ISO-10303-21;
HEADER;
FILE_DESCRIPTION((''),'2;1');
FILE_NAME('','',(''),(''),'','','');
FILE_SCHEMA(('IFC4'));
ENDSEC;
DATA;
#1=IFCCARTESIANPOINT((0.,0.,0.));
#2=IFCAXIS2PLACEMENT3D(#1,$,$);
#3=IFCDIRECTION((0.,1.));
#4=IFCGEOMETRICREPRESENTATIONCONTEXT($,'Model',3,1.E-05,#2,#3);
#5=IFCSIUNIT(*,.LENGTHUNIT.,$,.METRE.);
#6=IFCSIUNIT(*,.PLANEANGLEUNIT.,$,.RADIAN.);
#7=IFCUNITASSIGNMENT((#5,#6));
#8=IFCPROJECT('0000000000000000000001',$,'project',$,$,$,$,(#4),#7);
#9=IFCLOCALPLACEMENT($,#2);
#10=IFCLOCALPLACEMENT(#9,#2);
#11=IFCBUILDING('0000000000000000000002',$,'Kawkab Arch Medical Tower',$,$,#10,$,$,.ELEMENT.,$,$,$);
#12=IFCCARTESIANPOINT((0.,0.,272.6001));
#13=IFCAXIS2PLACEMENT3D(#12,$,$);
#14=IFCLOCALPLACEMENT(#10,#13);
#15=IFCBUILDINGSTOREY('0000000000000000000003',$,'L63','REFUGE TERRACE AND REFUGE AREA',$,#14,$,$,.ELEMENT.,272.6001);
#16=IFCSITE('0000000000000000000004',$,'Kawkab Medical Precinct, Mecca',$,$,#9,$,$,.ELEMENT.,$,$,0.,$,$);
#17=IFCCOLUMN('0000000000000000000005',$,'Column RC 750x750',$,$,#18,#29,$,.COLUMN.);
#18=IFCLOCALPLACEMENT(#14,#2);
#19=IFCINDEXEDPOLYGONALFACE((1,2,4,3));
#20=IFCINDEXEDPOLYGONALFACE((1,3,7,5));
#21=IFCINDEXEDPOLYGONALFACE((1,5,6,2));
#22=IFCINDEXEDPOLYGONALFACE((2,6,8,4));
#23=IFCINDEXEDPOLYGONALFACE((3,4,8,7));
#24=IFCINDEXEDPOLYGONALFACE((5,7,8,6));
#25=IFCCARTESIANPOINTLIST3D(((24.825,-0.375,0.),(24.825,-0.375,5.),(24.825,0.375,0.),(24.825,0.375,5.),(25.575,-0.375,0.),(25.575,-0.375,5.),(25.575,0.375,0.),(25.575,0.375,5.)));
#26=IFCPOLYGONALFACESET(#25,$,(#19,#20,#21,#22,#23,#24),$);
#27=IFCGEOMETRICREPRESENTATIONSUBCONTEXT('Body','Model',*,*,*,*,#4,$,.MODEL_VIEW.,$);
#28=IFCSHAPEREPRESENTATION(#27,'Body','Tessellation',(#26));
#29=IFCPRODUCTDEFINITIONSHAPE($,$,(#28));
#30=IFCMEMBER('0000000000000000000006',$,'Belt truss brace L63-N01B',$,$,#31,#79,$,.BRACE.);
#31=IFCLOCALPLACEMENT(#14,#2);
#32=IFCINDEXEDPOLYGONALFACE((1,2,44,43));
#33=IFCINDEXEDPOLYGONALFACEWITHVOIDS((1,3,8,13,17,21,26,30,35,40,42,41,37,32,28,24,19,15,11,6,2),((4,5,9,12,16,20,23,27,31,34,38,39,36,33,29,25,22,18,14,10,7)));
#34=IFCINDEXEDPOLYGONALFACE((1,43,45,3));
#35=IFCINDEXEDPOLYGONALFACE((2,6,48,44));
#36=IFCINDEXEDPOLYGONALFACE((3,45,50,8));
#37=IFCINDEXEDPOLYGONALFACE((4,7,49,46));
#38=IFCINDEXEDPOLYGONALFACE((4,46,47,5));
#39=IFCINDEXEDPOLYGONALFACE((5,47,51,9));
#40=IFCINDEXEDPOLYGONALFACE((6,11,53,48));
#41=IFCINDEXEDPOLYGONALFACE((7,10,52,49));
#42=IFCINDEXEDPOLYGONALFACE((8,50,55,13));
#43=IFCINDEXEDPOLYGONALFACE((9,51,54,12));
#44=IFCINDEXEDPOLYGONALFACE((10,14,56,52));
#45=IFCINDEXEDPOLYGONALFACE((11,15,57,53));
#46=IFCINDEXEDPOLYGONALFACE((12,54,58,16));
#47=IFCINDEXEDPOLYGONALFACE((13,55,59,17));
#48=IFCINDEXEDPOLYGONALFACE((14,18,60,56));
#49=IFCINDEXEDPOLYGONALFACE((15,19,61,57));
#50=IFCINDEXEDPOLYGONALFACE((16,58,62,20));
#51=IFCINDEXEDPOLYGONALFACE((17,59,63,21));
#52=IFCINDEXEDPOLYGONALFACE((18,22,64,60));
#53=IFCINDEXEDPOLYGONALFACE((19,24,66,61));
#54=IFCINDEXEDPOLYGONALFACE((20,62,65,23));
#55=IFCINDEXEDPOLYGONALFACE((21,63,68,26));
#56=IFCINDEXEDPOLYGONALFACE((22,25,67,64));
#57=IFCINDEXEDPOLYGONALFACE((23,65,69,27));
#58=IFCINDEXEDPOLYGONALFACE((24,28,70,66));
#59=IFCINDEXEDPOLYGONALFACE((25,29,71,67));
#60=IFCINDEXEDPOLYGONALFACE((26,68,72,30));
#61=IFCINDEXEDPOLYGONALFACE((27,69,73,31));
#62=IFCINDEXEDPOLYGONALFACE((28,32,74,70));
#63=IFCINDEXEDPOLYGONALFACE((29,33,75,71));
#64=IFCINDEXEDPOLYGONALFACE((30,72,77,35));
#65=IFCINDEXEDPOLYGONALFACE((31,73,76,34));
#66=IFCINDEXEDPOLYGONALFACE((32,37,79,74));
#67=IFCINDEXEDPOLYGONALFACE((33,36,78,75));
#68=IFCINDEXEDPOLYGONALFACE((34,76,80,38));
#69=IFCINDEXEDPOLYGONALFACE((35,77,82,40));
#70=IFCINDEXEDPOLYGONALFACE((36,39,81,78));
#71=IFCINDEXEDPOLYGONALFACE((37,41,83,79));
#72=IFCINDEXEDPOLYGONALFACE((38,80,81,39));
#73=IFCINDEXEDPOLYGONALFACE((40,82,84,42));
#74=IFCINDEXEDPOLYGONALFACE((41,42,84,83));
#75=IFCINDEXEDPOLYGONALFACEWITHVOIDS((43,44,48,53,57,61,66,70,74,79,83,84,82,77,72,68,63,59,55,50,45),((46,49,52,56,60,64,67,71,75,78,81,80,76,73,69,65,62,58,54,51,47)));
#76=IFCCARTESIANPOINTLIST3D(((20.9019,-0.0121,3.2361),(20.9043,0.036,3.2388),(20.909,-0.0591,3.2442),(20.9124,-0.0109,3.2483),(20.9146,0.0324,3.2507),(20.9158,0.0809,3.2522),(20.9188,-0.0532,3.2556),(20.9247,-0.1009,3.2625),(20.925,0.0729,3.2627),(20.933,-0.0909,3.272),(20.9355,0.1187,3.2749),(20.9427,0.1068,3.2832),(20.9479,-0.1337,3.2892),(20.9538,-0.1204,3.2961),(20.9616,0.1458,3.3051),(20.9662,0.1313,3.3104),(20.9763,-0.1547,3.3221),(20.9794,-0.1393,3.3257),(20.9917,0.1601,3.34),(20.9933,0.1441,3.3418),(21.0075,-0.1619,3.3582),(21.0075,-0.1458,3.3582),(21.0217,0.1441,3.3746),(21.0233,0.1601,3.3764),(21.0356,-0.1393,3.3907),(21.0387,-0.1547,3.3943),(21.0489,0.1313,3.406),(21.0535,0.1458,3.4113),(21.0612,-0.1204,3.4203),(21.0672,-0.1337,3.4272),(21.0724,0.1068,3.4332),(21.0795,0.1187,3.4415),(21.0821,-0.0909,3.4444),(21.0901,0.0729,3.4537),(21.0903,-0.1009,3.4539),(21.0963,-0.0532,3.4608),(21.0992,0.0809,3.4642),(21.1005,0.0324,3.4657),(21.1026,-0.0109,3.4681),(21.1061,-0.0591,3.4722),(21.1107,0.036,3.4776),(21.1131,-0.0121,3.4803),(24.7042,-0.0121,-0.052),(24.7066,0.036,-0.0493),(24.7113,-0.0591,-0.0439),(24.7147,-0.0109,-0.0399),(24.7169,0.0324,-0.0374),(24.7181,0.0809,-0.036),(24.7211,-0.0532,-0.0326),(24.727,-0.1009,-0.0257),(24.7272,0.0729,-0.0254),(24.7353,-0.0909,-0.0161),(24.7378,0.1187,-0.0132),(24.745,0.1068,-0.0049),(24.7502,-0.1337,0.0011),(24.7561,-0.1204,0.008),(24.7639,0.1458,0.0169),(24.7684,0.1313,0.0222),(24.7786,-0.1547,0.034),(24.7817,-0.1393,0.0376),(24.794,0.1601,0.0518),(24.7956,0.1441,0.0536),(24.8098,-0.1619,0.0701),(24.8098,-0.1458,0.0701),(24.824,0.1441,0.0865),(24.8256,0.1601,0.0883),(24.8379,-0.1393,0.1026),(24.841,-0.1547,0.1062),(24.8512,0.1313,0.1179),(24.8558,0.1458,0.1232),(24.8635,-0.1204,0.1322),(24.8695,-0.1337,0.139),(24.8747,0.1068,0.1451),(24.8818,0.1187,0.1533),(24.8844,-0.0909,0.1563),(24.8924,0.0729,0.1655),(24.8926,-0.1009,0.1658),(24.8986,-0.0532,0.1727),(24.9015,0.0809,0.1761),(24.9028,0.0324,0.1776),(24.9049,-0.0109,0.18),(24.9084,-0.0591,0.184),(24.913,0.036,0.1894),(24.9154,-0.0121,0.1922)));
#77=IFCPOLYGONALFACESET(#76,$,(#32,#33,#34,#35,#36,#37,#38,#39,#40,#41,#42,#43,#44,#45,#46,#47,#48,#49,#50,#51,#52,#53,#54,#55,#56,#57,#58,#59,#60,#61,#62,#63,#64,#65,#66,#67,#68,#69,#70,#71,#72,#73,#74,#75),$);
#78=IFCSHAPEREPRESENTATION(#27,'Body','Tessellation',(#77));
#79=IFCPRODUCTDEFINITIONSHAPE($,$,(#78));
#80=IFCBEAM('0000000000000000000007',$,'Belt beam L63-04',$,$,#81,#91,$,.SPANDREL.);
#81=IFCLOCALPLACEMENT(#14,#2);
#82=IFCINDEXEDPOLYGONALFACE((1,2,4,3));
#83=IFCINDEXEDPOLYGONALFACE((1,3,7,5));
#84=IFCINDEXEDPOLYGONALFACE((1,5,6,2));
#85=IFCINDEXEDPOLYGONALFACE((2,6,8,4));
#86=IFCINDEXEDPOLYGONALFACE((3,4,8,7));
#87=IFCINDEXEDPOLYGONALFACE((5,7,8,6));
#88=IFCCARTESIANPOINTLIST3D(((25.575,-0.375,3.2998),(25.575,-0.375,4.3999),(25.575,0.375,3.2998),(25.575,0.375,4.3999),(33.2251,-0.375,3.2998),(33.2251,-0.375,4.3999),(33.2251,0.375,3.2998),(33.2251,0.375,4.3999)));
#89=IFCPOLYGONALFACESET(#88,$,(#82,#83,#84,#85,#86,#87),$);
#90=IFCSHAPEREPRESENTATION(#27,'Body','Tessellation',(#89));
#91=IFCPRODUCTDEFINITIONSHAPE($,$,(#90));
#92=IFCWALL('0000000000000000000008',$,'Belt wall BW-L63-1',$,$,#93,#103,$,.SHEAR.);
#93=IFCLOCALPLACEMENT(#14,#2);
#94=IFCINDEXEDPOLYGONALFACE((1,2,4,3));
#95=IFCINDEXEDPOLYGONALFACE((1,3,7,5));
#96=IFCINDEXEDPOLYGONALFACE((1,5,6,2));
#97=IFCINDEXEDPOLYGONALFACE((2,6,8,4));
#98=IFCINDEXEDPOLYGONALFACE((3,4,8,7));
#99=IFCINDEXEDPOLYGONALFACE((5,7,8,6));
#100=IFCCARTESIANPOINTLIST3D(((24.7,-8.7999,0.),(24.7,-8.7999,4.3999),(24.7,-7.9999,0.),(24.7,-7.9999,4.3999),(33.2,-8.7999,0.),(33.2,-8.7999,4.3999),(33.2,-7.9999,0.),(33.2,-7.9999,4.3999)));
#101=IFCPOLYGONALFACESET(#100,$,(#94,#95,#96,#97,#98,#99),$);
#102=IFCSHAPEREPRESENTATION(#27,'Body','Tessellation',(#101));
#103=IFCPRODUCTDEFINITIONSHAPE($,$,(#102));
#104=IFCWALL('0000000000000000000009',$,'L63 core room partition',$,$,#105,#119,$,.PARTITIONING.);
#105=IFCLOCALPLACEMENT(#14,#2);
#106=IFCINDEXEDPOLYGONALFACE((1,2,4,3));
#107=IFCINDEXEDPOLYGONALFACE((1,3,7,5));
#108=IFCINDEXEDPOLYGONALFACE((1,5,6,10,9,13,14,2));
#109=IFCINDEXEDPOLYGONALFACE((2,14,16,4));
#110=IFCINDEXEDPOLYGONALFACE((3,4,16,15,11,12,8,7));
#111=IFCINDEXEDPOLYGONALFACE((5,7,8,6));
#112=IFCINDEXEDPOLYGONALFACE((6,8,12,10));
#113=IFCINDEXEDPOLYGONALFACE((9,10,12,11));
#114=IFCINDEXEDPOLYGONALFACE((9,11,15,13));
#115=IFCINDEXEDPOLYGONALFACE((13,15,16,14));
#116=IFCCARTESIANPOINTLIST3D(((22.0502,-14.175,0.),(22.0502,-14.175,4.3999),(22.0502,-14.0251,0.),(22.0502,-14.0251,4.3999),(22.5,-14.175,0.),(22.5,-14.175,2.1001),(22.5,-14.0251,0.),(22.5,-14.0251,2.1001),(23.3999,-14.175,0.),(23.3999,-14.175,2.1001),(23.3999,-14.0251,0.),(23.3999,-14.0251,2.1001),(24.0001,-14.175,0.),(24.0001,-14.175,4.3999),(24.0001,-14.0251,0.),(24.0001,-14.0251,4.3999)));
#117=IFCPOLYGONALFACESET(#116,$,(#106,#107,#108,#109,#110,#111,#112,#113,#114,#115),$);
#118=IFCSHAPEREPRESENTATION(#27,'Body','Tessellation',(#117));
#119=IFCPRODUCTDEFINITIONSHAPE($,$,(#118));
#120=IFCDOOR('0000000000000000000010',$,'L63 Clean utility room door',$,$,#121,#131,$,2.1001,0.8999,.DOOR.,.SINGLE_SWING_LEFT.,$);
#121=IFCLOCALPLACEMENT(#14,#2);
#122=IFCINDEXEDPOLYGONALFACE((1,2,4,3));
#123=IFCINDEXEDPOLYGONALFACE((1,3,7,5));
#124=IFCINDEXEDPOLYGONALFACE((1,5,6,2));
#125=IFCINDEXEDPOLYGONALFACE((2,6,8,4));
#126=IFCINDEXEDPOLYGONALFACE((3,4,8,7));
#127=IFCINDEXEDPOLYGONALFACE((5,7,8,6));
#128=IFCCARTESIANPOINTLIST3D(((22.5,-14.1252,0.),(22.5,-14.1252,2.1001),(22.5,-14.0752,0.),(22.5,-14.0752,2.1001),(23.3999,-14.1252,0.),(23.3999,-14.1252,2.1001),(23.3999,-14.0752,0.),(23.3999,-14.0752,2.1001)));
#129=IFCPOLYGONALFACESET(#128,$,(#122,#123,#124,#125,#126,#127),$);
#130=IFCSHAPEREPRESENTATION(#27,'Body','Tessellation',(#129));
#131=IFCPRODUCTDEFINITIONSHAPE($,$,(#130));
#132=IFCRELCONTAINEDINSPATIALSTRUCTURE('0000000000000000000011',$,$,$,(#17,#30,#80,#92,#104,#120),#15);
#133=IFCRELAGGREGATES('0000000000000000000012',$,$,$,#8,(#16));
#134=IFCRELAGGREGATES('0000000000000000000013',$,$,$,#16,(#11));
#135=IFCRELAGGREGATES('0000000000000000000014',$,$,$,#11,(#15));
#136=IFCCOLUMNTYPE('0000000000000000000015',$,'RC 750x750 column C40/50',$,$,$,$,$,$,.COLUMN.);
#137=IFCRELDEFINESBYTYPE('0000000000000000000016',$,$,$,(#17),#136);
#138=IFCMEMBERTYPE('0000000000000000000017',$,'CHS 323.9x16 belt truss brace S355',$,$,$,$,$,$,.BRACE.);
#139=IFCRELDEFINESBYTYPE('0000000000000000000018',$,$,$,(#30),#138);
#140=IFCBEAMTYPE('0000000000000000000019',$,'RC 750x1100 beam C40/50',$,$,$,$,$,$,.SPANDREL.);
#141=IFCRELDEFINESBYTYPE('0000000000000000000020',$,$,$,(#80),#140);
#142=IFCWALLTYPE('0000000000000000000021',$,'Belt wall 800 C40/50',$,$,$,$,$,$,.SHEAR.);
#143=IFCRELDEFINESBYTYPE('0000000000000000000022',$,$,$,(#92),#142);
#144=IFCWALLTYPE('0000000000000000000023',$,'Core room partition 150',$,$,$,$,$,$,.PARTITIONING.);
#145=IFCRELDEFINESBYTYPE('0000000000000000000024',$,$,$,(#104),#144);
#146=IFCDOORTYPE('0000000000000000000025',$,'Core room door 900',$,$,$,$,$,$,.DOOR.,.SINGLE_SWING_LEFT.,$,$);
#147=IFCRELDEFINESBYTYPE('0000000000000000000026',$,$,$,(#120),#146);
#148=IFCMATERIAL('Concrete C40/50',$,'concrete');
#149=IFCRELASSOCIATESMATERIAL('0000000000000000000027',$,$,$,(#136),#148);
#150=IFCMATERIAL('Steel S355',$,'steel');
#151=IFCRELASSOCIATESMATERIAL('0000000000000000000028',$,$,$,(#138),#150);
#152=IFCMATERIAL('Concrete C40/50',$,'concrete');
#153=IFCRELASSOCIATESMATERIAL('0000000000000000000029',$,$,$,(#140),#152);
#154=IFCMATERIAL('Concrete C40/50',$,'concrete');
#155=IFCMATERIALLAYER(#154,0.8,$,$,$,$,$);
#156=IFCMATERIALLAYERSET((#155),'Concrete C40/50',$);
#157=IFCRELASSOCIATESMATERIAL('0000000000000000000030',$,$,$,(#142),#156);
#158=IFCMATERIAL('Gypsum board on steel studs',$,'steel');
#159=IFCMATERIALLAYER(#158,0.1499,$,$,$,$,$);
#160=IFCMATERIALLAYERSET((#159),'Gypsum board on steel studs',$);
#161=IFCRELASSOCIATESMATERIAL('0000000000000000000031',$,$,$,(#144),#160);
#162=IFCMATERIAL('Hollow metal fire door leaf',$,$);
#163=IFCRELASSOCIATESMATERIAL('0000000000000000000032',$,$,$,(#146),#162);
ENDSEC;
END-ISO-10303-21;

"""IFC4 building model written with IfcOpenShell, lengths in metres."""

from ifc_helpers import new_model, si_unit, direction, frame, frame_2d, origin, origin_2d, place, context, subcontext, project, spatial, rectangle, hollow_circle, extrude, material, layer, layer_set, material_profile, profile_set, type_object, element, fill, save


model = new_model("IFC4")

# Units and contexts
model_context = context("Model", 3, precision=1e-05, world=origin(), true_north=direction((0.0, 1.0)))
body_context = subcontext(model_context, "Body", "Model", "MODEL_VIEW")
ifc_project = project(units=[si_unit("LENGTHUNIT", "METRE"), si_unit("PLANEANGLEUNIT", "RADIAN")], contexts=[model_context])

# Site, building, storey
site_placement = place(None, origin())
site = spatial("IfcSite", under=ifc_project, at=site_placement, Name="Kawkab Medical Precinct, Mecca", CompositionType="ELEMENT", RefElevation=0.0)
building_placement = place(site_placement, origin())
building = spatial("IfcBuilding", under=site, at=building_placement, Name="Kawkab Arch Medical Tower", CompositionType="ELEMENT")
storey_placement = place(building_placement, frame((0.0, 0.0, 272.6001)))
storey = spatial("IfcBuildingStorey", under=building, at=storey_placement, Name="L63", Description="REFUGE TERRACE AND REFUGE AREA", CompositionType="ELEMENT", Elevation=272.6001)

# Column
ifc_material_1 = material(Name="Concrete C40/50", Category="concrete")
ifc_material_profile_1 = material_profile(ifc_material_1, rectangle(XDim=0.75, YDim=0.75, at=origin_2d()), Name="RC 750x750")
ifc_profile_set_1 = profile_set([ifc_material_profile_1], Name="Concrete C40/50")
column_type = type_object("IfcColumnType", Name="RC 750x750 column C40/50", PredefinedType="COLUMN", material=ifc_profile_set_1)
column_placement = place(storey_placement, frame((25.2, 0.0, 0.0), z_axis=(0.0, 0.0, 1.0), x_axis=(1.0, 0.0, 0.0)))
element("IfcColumn", 1, at=column_placement, inside=storey, type_object=column_type, Name="Column RC 750x750", PredefinedType="COLUMN", context=body_context, shape_type="SweptSolid", body=[
    extrude(rectangle(XDim=0.75, YDim=0.75, at=origin_2d()), origin(), (0.0, 0.0, 1.0), 5.0),
])

# Member
ifc_material_2 = material(Name="Steel S355", Category="steel")
ifc_material_profile_2 = material_profile(ifc_material_2, hollow_circle(Radius=0.1619, WallThickness=0.0161, at=origin_2d()), Name="CHS 323.9x16")
ifc_profile_set_2 = profile_set([ifc_material_profile_2], Name="Steel S355")
member_type = type_object("IfcMemberType", Name="CHS 323.9x16 belt truss brace S355", PredefinedType="BRACE", material=ifc_profile_set_2)
member_placement = place(storey_placement, frame((24.8098, 0.0, 0.0701), z_axis=(-0.756397, 0.0, 0.654113), x_axis=(0.0, -1.0, 0.0)))
element("IfcMember", 2, at=member_placement, inside=storey, type_object=member_type, Name="Belt truss brace L63-N01B", PredefinedType="BRACE", context=body_context, shape_type="SweptSolid", body=[
    extrude(hollow_circle(Radius=0.1619, WallThickness=0.0161, at=origin_2d()), origin(), (0.0, 0.0, 1.0), 5.0269),
])

# Beam
ifc_material_3 = material(Name="Concrete C40/50", Category="concrete")
ifc_material_profile_3 = material_profile(ifc_material_3, rectangle(XDim=0.75, YDim=1.1001, at=origin_2d()), Name="RC 750x1100")
ifc_profile_set_3 = profile_set([ifc_material_profile_3], Name="Concrete C40/50")
beam_type = type_object("IfcBeamType", Name="RC 750x1100 beam C40/50", PredefinedType="SPANDREL", material=ifc_profile_set_3)
beam_placement = place(storey_placement, frame((25.575, 0.0, 3.8499), z_axis=(1.0, 0.0, 0.0), x_axis=(0.0, 1.0, 0.0)))
element("IfcBeam", 3, at=beam_placement, inside=storey, type_object=beam_type, Name="Belt beam L63-04", PredefinedType="SPANDREL", context=body_context, shape_type="SweptSolid", body=[
    extrude(rectangle(XDim=0.75, YDim=1.1001, at=origin_2d()), origin(), (0.0, 0.0, 1.0), 7.6501),
])

# Wall
ifc_material_4 = material(Name="Concrete C40/50", Category="concrete")
ifc_layer_1 = layer(ifc_material_4, 0.8)
ifc_layer_set_1 = layer_set([ifc_layer_1], Name="Concrete C40/50")
wall_type_1 = type_object("IfcWallType", Name="Belt wall 800 C40/50", PredefinedType="SHEAR", material=ifc_layer_set_1)
wall_1_placement = place(storey_placement, frame((24.7, -8.3999, 0.0), z_axis=(0.0, 0.0, 1.0), x_axis=(1.0, 0.0, 0.0)))
element("IfcWall", 4, at=wall_1_placement, inside=storey, type_object=wall_type_1, Name="Belt wall BW-L63-1", PredefinedType="SHEAR", context=body_context, shape_type="SweptSolid", body=[
    extrude(rectangle(XDim=8.5, YDim=0.8, at=frame_2d((4.25, 0.0))), origin(), (0.0, 0.0, 1.0), 4.3999),
])

# Wall, opening, door
ifc_material_5 = material(Name="Gypsum board on steel studs", Category="steel")
ifc_layer_2 = layer(ifc_material_5, 0.1499)
ifc_layer_set_2 = layer_set([ifc_layer_2], Name="Gypsum board on steel studs")
wall_type_2 = type_object("IfcWallType", Name="Core room partition 150", PredefinedType="PARTITIONING", material=ifc_layer_set_2)
wall_2_placement = place(storey_placement, frame((22.05, -14.1001, 0.0), z_axis=(0.0, 0.0, 1.0), x_axis=(1.0, 0.0, 0.0)))
wall_2 = element("IfcWall", 5, at=wall_2_placement, inside=storey, type_object=wall_type_2, Name="L63 core room partition", PredefinedType="PARTITIONING", context=body_context, shape_type="SweptSolid", body=[
    extrude(rectangle(XDim=1.95, YDim=0.1499, at=frame_2d((0.9751, 0.0))), origin(), (0.0, 0.0, 1.0), 4.3999),
])
opening_1_placement = place(wall_2_placement, frame((0.45, 0.0, 0.0)))
opening_1 = element("IfcOpeningElement", 6, at=opening_1_placement, cuts=wall_2, PredefinedType="OPENING", context=body_context, shape_type="SweptSolid", body=[
    extrude(rectangle(XDim=0.8999, YDim=2.1001, at=frame_2d((0.45, 1.05))), frame((0.0, 0.085, 0.0), z_axis=(0.0, -1.0, 0.0), x_axis=(1.0, 0.0, 0.0)), (0.0, 0.0, 1.0), 0.1699),
])
ifc_material_6 = material(Name="Hollow metal fire door leaf")
door_type_1 = type_object("IfcDoorType", Name="Core room door 900", OperationType="SINGLE_SWING_LEFT", PredefinedType="DOOR", material=ifc_material_6)
door_1_placement = place(opening_1_placement, origin())
door_1 = element("IfcDoor", 7, at=door_1_placement, inside=storey, type_object=door_type_1, Name="L63 Clean utility room door", OperationType="SINGLE_SWING_LEFT", OverallHeight=2.1001, OverallWidth=0.8999, PredefinedType="DOOR", context=body_context, shape_type="SweptSolid", body=[
    extrude(rectangle(XDim=0.8999, YDim=2.1001, at=frame_2d((0.45, 1.05))), frame((0.0, 0.0249, 0.0), z_axis=(0.0, -1.0, 0.0), x_axis=(1.0, 0.0, 0.0)), (0.0, 0.0, 1.0), 0.05),
])
fill(opening_1, door_1)

save(model, "model.ifc")
